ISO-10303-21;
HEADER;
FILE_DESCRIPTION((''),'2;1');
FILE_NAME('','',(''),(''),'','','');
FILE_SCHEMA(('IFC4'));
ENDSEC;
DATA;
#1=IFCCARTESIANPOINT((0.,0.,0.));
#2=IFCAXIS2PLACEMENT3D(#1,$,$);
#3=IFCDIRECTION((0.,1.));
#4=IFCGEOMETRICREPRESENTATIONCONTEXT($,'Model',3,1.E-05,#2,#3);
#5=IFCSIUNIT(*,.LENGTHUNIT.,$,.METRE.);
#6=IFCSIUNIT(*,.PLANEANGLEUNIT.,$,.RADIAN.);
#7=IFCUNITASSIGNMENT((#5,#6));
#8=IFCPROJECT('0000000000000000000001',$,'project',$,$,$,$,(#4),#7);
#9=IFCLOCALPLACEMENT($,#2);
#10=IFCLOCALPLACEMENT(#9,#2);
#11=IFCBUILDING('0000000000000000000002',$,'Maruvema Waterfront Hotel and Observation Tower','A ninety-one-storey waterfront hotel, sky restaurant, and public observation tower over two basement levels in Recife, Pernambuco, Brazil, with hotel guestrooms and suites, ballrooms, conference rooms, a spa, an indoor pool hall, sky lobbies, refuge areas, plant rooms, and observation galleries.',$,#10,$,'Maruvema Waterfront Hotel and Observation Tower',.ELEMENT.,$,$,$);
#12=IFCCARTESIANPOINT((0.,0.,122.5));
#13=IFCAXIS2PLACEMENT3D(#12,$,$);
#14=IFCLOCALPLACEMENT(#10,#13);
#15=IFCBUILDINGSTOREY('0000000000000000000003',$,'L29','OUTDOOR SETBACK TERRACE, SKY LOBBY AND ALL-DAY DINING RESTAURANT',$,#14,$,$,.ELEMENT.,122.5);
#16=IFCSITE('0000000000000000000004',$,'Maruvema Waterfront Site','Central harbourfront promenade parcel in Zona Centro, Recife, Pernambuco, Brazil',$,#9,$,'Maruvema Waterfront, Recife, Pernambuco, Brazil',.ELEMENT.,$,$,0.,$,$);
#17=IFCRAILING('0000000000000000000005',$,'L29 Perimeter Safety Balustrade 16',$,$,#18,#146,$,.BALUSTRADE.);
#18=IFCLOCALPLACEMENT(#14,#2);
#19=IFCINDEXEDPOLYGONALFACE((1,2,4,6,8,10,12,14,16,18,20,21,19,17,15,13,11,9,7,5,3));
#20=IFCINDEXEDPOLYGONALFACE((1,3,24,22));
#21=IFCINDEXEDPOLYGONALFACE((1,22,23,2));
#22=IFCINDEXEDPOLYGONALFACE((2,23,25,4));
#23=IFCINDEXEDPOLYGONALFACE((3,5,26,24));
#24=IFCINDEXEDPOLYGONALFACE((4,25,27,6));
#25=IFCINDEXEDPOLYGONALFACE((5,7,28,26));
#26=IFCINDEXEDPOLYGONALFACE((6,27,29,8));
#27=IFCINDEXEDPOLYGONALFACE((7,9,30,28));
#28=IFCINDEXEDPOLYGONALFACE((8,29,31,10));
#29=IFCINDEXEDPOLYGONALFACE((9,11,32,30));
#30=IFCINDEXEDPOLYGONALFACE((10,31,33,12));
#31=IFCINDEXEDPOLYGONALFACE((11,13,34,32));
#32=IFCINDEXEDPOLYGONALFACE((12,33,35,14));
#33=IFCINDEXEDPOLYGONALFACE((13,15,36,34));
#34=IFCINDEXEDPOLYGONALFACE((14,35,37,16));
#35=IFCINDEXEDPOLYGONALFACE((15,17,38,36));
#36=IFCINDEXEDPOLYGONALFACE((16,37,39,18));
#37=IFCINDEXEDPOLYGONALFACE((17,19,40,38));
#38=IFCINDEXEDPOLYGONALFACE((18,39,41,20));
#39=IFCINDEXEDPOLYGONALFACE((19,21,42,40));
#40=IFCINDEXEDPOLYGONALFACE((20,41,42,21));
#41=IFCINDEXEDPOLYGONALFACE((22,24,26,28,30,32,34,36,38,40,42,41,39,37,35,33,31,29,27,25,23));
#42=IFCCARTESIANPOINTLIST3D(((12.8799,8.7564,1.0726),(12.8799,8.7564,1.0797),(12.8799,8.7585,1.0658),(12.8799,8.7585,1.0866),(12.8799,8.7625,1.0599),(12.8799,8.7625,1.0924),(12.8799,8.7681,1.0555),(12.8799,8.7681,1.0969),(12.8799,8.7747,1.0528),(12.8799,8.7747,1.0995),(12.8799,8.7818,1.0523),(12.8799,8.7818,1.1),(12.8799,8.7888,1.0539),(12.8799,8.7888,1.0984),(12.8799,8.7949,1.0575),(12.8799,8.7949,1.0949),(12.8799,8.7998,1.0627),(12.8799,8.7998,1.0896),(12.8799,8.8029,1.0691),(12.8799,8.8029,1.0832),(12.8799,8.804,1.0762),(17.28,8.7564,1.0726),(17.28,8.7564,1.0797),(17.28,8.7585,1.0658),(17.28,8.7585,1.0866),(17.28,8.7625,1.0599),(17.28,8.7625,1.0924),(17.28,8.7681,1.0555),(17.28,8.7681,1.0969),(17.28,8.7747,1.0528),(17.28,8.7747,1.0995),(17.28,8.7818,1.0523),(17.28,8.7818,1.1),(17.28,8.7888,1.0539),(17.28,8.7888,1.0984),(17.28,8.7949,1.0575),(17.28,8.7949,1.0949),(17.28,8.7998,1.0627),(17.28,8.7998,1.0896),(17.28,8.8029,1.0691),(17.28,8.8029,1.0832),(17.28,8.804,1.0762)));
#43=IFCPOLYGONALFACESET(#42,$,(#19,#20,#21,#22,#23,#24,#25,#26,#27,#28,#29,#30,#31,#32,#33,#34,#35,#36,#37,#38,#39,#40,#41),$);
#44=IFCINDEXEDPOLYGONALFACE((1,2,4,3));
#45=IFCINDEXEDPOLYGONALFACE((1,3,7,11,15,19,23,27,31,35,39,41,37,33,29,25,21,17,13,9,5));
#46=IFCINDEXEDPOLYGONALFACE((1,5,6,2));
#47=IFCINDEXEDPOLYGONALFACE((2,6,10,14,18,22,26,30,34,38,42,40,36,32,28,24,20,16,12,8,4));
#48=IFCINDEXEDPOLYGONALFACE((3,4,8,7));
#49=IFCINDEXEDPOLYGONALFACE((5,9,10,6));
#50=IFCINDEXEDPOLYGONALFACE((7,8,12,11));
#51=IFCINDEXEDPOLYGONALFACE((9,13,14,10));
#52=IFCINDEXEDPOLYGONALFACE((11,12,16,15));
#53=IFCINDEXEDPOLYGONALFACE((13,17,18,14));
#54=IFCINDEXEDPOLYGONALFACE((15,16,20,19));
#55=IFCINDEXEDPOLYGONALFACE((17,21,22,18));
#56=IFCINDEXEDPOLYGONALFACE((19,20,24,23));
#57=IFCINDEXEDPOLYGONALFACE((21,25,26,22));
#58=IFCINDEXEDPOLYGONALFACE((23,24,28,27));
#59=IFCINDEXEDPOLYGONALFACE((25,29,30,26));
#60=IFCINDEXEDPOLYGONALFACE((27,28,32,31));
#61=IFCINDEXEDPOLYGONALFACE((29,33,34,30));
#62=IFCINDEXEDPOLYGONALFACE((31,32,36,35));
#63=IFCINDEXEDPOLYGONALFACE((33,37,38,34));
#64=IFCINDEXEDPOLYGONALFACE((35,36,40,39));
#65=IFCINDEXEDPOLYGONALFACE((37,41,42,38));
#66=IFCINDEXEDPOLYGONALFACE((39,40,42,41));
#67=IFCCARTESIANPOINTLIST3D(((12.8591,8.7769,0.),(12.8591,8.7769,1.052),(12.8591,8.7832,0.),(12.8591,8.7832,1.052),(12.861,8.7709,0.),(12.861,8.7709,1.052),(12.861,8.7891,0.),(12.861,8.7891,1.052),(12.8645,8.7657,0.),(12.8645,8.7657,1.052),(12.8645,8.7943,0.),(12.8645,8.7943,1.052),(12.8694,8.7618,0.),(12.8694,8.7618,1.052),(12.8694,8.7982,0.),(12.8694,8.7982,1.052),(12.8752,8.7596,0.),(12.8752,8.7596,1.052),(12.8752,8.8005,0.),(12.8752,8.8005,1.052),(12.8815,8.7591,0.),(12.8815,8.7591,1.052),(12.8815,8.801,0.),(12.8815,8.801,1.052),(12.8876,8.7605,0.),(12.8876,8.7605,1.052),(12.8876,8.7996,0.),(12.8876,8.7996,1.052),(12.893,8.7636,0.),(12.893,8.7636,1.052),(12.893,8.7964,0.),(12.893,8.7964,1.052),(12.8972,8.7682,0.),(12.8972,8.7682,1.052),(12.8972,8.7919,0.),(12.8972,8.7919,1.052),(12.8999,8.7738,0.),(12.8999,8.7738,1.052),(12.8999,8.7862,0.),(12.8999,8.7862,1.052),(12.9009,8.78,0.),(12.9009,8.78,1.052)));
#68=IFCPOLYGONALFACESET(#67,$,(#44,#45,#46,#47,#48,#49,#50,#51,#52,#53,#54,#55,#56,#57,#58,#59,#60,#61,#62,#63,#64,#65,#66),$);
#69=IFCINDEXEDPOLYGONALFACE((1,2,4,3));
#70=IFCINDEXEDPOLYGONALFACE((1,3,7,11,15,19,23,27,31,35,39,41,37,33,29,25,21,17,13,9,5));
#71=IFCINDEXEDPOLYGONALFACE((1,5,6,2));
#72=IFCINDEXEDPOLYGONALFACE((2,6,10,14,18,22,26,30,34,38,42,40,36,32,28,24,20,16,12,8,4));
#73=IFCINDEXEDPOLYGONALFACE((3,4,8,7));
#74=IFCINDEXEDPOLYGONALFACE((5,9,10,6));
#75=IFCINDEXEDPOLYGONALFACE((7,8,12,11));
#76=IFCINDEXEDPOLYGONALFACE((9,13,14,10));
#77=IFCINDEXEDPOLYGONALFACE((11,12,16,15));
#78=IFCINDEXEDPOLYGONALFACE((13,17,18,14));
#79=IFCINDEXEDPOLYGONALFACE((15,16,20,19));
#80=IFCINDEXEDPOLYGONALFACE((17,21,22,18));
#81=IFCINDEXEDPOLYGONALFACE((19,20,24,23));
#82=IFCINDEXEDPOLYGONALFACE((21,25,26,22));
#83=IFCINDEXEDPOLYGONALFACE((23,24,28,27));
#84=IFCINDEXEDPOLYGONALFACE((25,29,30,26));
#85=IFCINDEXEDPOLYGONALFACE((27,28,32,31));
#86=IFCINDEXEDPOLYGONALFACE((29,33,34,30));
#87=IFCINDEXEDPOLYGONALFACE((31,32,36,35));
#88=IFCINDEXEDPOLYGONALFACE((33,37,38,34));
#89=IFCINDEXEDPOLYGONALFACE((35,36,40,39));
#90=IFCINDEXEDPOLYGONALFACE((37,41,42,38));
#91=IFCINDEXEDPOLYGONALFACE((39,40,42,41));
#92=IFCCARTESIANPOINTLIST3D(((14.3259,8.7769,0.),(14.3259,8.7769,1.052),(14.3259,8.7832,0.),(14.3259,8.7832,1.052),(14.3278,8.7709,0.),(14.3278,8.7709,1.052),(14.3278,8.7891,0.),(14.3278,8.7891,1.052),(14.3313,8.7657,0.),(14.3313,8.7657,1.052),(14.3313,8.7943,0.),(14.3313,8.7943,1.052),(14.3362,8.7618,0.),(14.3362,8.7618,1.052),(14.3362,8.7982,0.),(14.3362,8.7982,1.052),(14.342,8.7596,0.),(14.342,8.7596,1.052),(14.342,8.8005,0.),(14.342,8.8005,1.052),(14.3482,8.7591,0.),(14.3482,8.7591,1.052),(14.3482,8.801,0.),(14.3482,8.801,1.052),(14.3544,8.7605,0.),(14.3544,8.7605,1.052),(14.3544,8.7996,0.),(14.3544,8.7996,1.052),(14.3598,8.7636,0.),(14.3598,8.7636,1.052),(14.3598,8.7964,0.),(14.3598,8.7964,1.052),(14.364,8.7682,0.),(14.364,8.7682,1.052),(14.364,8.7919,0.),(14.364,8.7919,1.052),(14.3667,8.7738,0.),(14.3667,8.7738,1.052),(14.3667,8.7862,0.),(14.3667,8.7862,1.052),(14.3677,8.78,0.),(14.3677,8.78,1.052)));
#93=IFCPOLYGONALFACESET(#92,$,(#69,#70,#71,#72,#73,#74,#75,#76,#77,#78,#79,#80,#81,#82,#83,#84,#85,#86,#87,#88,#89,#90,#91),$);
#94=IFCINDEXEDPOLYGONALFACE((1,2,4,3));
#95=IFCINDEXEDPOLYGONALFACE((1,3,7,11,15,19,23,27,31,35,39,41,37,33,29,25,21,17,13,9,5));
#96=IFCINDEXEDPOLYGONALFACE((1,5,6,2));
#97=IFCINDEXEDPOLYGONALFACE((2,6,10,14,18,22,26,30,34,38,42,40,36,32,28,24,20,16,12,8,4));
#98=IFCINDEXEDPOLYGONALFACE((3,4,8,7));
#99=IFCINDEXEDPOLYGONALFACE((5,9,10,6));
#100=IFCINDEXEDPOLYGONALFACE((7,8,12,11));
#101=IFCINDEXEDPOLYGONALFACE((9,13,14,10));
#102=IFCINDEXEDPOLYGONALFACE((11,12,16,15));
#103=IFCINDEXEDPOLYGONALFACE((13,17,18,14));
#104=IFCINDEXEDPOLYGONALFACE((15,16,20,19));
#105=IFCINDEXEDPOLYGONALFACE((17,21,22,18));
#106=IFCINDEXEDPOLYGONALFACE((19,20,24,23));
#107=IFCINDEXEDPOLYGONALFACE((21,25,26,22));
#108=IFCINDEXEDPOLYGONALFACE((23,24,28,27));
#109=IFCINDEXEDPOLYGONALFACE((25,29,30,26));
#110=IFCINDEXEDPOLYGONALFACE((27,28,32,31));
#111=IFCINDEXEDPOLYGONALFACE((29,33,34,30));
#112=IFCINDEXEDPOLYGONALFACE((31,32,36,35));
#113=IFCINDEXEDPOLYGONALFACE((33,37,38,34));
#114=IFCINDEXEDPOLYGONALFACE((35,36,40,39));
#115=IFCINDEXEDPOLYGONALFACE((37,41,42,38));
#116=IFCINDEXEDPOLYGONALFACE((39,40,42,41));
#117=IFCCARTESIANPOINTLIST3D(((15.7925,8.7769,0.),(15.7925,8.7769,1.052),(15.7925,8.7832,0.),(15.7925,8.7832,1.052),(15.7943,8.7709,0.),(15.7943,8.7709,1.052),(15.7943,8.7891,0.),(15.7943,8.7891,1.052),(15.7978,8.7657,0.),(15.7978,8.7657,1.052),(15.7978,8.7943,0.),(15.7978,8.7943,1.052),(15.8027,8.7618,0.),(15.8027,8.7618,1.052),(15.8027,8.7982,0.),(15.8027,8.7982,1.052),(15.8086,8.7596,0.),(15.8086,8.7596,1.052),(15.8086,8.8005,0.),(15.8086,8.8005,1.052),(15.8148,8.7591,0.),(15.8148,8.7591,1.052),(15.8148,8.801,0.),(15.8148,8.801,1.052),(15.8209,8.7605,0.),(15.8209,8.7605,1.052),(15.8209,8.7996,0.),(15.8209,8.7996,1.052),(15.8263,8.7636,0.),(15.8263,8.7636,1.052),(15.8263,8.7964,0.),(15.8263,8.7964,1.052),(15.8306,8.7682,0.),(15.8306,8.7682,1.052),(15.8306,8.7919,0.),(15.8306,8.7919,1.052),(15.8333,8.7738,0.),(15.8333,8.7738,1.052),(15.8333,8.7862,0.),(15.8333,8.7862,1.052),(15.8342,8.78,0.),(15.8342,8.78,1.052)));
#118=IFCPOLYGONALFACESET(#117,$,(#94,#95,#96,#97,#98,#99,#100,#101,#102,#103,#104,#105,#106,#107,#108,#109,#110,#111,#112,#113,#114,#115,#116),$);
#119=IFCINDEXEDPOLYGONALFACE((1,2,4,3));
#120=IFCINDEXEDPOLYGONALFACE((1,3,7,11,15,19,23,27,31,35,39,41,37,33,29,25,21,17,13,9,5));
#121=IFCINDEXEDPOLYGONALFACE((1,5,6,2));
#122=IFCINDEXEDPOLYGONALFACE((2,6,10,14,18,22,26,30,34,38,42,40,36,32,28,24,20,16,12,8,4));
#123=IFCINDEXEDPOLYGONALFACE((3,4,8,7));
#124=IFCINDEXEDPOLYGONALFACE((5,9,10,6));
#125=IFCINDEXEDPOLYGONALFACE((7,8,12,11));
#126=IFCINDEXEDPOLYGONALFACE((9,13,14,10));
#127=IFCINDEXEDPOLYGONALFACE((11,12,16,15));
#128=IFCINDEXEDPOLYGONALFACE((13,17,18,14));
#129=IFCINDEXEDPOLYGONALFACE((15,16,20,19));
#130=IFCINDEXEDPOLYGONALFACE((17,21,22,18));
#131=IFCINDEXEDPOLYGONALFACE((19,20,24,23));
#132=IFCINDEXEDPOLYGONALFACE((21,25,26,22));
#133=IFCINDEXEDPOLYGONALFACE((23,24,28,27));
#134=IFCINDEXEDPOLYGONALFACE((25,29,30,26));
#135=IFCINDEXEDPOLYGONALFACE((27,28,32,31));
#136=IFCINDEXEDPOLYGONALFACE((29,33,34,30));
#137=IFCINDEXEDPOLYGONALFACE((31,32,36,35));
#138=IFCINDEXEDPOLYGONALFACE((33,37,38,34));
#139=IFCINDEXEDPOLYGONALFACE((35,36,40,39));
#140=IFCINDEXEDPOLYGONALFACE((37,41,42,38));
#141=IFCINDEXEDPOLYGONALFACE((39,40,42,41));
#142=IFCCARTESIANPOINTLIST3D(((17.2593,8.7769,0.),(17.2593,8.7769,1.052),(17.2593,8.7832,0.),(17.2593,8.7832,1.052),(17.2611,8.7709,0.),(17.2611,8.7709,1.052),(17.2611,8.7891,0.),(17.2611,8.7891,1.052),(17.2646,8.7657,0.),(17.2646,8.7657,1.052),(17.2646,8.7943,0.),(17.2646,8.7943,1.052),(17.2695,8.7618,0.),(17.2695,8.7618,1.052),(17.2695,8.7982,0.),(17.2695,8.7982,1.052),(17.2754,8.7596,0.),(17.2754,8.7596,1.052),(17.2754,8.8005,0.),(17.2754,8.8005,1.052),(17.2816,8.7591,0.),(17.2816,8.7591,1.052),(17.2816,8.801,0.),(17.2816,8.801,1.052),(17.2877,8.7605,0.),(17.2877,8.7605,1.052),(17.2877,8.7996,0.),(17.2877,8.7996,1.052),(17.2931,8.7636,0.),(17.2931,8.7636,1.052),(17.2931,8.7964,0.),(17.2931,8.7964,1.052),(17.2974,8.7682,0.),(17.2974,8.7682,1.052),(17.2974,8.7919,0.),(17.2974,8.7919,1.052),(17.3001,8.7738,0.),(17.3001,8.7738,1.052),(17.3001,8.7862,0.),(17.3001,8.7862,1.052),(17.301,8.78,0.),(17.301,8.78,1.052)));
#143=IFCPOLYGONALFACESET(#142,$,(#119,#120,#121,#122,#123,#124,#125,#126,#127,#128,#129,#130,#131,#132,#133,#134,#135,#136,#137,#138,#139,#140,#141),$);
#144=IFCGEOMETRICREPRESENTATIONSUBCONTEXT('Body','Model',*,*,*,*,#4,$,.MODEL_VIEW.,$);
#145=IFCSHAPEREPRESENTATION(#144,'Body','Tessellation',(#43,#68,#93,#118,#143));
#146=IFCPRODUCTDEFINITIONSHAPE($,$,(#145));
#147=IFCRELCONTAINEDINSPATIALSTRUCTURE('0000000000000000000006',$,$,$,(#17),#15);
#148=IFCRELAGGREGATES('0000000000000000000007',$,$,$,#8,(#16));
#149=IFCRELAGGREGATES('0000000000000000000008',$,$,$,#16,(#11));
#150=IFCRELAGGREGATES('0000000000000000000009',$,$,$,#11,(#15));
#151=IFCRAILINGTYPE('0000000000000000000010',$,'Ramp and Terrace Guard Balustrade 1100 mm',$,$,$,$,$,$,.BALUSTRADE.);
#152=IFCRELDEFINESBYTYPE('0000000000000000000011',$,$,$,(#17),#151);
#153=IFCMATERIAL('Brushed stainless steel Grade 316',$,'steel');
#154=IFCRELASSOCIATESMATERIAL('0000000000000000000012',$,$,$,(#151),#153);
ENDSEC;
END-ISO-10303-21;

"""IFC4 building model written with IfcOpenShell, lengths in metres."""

from ifc_helpers import new_model, si_unit, direction, frame, origin, origin_2d, place, context, subcontext, project, spatial, circle, extrude, material, type_object, element, save


model = new_model("IFC4")

# Units and contexts
model_context = context("Model", 3, precision=1e-05, world=origin(), true_north=direction((0.0, 1.0)))
body_context = subcontext(model_context, "Body", "Model", "MODEL_VIEW")
ifc_project = project(units=[si_unit("LENGTHUNIT", "METRE"), si_unit("PLANEANGLEUNIT", "RADIAN")], contexts=[model_context])

# Site, building, storey
site_placement = place(None, origin())
site = spatial("IfcSite", under=ifc_project, at=site_placement, Name="Maruvema Waterfront Site", Description="Central harbourfront promenade parcel in Zona Centro, Recife, Pernambuco, Brazil", LongName="Maruvema Waterfront, Recife, Pernambuco, Brazil", CompositionType="ELEMENT", RefElevation=0.0)
building_placement = place(site_placement, origin())
building = spatial("IfcBuilding", under=site, at=building_placement, Name="Maruvema Waterfront Hotel and Observation Tower", Description="A ninety-one-storey waterfront hotel, sky restaurant, and public observation tower over two basement levels in Recife, Pernambuco, Brazil, with hotel guestrooms and suites, ballrooms, conference rooms, a spa, an indoor pool hall, sky lobbies, refuge areas, plant rooms, and observation galleries.", LongName="Maruvema Waterfront Hotel and Observation Tower", CompositionType="ELEMENT")
storey_placement = place(building_placement, frame((0.0, 0.0, 122.5)))
storey = spatial("IfcBuildingStorey", under=building, at=storey_placement, Name="L29", Description="OUTDOOR SETBACK TERRACE, SKY LOBBY AND ALL-DAY DINING RESTAURANT", CompositionType="ELEMENT", Elevation=122.5)

# Railing
ifc_material_1 = material(Name="Brushed stainless steel Grade 316", Category="steel")
railing_type = type_object("IfcRailingType", Name="Ramp and Terrace Guard Balustrade 1100 mm", PredefinedType="BALUSTRADE", material=ifc_material_1)
railing_1_placement = place(storey_placement, frame((12.8799, 8.78, 0.0)))
element("IfcRailing", 1, at=railing_1_placement, inside=storey, type_object=railing_type, Name="L29 Perimeter Safety Balustrade 16", PredefinedType="BALUSTRADE", context=body_context, shape_type="SweptSolid", body=[
    extrude(circle(Radius=0.0239, at=origin_2d()), frame((0.0, 0.0, 1.0762), z_axis=(1.0, 0.0, 0.0), x_axis=(0.0, 1.0, 0.0)), (0.0, 0.0, 1.0), 4.4001),
    extrude(circle(Radius=0.021, at=origin_2d()), origin(), (0.0, 0.0, 1.0), 1.052),
    extrude(circle(Radius=0.021, at=origin_2d()), frame((1.4668, 0.0, 0.0)), (0.0, 0.0, 1.0), 1.052),
    extrude(circle(Radius=0.021, at=origin_2d()), frame((2.9333, 0.0, 0.0)), (0.0, 0.0, 1.0), 1.052),
    extrude(circle(Radius=0.021, at=origin_2d()), frame((4.4001, 0.0, 0.0)), (0.0, 0.0, 1.0), 1.052),
])

save(model, "model.ifc")
